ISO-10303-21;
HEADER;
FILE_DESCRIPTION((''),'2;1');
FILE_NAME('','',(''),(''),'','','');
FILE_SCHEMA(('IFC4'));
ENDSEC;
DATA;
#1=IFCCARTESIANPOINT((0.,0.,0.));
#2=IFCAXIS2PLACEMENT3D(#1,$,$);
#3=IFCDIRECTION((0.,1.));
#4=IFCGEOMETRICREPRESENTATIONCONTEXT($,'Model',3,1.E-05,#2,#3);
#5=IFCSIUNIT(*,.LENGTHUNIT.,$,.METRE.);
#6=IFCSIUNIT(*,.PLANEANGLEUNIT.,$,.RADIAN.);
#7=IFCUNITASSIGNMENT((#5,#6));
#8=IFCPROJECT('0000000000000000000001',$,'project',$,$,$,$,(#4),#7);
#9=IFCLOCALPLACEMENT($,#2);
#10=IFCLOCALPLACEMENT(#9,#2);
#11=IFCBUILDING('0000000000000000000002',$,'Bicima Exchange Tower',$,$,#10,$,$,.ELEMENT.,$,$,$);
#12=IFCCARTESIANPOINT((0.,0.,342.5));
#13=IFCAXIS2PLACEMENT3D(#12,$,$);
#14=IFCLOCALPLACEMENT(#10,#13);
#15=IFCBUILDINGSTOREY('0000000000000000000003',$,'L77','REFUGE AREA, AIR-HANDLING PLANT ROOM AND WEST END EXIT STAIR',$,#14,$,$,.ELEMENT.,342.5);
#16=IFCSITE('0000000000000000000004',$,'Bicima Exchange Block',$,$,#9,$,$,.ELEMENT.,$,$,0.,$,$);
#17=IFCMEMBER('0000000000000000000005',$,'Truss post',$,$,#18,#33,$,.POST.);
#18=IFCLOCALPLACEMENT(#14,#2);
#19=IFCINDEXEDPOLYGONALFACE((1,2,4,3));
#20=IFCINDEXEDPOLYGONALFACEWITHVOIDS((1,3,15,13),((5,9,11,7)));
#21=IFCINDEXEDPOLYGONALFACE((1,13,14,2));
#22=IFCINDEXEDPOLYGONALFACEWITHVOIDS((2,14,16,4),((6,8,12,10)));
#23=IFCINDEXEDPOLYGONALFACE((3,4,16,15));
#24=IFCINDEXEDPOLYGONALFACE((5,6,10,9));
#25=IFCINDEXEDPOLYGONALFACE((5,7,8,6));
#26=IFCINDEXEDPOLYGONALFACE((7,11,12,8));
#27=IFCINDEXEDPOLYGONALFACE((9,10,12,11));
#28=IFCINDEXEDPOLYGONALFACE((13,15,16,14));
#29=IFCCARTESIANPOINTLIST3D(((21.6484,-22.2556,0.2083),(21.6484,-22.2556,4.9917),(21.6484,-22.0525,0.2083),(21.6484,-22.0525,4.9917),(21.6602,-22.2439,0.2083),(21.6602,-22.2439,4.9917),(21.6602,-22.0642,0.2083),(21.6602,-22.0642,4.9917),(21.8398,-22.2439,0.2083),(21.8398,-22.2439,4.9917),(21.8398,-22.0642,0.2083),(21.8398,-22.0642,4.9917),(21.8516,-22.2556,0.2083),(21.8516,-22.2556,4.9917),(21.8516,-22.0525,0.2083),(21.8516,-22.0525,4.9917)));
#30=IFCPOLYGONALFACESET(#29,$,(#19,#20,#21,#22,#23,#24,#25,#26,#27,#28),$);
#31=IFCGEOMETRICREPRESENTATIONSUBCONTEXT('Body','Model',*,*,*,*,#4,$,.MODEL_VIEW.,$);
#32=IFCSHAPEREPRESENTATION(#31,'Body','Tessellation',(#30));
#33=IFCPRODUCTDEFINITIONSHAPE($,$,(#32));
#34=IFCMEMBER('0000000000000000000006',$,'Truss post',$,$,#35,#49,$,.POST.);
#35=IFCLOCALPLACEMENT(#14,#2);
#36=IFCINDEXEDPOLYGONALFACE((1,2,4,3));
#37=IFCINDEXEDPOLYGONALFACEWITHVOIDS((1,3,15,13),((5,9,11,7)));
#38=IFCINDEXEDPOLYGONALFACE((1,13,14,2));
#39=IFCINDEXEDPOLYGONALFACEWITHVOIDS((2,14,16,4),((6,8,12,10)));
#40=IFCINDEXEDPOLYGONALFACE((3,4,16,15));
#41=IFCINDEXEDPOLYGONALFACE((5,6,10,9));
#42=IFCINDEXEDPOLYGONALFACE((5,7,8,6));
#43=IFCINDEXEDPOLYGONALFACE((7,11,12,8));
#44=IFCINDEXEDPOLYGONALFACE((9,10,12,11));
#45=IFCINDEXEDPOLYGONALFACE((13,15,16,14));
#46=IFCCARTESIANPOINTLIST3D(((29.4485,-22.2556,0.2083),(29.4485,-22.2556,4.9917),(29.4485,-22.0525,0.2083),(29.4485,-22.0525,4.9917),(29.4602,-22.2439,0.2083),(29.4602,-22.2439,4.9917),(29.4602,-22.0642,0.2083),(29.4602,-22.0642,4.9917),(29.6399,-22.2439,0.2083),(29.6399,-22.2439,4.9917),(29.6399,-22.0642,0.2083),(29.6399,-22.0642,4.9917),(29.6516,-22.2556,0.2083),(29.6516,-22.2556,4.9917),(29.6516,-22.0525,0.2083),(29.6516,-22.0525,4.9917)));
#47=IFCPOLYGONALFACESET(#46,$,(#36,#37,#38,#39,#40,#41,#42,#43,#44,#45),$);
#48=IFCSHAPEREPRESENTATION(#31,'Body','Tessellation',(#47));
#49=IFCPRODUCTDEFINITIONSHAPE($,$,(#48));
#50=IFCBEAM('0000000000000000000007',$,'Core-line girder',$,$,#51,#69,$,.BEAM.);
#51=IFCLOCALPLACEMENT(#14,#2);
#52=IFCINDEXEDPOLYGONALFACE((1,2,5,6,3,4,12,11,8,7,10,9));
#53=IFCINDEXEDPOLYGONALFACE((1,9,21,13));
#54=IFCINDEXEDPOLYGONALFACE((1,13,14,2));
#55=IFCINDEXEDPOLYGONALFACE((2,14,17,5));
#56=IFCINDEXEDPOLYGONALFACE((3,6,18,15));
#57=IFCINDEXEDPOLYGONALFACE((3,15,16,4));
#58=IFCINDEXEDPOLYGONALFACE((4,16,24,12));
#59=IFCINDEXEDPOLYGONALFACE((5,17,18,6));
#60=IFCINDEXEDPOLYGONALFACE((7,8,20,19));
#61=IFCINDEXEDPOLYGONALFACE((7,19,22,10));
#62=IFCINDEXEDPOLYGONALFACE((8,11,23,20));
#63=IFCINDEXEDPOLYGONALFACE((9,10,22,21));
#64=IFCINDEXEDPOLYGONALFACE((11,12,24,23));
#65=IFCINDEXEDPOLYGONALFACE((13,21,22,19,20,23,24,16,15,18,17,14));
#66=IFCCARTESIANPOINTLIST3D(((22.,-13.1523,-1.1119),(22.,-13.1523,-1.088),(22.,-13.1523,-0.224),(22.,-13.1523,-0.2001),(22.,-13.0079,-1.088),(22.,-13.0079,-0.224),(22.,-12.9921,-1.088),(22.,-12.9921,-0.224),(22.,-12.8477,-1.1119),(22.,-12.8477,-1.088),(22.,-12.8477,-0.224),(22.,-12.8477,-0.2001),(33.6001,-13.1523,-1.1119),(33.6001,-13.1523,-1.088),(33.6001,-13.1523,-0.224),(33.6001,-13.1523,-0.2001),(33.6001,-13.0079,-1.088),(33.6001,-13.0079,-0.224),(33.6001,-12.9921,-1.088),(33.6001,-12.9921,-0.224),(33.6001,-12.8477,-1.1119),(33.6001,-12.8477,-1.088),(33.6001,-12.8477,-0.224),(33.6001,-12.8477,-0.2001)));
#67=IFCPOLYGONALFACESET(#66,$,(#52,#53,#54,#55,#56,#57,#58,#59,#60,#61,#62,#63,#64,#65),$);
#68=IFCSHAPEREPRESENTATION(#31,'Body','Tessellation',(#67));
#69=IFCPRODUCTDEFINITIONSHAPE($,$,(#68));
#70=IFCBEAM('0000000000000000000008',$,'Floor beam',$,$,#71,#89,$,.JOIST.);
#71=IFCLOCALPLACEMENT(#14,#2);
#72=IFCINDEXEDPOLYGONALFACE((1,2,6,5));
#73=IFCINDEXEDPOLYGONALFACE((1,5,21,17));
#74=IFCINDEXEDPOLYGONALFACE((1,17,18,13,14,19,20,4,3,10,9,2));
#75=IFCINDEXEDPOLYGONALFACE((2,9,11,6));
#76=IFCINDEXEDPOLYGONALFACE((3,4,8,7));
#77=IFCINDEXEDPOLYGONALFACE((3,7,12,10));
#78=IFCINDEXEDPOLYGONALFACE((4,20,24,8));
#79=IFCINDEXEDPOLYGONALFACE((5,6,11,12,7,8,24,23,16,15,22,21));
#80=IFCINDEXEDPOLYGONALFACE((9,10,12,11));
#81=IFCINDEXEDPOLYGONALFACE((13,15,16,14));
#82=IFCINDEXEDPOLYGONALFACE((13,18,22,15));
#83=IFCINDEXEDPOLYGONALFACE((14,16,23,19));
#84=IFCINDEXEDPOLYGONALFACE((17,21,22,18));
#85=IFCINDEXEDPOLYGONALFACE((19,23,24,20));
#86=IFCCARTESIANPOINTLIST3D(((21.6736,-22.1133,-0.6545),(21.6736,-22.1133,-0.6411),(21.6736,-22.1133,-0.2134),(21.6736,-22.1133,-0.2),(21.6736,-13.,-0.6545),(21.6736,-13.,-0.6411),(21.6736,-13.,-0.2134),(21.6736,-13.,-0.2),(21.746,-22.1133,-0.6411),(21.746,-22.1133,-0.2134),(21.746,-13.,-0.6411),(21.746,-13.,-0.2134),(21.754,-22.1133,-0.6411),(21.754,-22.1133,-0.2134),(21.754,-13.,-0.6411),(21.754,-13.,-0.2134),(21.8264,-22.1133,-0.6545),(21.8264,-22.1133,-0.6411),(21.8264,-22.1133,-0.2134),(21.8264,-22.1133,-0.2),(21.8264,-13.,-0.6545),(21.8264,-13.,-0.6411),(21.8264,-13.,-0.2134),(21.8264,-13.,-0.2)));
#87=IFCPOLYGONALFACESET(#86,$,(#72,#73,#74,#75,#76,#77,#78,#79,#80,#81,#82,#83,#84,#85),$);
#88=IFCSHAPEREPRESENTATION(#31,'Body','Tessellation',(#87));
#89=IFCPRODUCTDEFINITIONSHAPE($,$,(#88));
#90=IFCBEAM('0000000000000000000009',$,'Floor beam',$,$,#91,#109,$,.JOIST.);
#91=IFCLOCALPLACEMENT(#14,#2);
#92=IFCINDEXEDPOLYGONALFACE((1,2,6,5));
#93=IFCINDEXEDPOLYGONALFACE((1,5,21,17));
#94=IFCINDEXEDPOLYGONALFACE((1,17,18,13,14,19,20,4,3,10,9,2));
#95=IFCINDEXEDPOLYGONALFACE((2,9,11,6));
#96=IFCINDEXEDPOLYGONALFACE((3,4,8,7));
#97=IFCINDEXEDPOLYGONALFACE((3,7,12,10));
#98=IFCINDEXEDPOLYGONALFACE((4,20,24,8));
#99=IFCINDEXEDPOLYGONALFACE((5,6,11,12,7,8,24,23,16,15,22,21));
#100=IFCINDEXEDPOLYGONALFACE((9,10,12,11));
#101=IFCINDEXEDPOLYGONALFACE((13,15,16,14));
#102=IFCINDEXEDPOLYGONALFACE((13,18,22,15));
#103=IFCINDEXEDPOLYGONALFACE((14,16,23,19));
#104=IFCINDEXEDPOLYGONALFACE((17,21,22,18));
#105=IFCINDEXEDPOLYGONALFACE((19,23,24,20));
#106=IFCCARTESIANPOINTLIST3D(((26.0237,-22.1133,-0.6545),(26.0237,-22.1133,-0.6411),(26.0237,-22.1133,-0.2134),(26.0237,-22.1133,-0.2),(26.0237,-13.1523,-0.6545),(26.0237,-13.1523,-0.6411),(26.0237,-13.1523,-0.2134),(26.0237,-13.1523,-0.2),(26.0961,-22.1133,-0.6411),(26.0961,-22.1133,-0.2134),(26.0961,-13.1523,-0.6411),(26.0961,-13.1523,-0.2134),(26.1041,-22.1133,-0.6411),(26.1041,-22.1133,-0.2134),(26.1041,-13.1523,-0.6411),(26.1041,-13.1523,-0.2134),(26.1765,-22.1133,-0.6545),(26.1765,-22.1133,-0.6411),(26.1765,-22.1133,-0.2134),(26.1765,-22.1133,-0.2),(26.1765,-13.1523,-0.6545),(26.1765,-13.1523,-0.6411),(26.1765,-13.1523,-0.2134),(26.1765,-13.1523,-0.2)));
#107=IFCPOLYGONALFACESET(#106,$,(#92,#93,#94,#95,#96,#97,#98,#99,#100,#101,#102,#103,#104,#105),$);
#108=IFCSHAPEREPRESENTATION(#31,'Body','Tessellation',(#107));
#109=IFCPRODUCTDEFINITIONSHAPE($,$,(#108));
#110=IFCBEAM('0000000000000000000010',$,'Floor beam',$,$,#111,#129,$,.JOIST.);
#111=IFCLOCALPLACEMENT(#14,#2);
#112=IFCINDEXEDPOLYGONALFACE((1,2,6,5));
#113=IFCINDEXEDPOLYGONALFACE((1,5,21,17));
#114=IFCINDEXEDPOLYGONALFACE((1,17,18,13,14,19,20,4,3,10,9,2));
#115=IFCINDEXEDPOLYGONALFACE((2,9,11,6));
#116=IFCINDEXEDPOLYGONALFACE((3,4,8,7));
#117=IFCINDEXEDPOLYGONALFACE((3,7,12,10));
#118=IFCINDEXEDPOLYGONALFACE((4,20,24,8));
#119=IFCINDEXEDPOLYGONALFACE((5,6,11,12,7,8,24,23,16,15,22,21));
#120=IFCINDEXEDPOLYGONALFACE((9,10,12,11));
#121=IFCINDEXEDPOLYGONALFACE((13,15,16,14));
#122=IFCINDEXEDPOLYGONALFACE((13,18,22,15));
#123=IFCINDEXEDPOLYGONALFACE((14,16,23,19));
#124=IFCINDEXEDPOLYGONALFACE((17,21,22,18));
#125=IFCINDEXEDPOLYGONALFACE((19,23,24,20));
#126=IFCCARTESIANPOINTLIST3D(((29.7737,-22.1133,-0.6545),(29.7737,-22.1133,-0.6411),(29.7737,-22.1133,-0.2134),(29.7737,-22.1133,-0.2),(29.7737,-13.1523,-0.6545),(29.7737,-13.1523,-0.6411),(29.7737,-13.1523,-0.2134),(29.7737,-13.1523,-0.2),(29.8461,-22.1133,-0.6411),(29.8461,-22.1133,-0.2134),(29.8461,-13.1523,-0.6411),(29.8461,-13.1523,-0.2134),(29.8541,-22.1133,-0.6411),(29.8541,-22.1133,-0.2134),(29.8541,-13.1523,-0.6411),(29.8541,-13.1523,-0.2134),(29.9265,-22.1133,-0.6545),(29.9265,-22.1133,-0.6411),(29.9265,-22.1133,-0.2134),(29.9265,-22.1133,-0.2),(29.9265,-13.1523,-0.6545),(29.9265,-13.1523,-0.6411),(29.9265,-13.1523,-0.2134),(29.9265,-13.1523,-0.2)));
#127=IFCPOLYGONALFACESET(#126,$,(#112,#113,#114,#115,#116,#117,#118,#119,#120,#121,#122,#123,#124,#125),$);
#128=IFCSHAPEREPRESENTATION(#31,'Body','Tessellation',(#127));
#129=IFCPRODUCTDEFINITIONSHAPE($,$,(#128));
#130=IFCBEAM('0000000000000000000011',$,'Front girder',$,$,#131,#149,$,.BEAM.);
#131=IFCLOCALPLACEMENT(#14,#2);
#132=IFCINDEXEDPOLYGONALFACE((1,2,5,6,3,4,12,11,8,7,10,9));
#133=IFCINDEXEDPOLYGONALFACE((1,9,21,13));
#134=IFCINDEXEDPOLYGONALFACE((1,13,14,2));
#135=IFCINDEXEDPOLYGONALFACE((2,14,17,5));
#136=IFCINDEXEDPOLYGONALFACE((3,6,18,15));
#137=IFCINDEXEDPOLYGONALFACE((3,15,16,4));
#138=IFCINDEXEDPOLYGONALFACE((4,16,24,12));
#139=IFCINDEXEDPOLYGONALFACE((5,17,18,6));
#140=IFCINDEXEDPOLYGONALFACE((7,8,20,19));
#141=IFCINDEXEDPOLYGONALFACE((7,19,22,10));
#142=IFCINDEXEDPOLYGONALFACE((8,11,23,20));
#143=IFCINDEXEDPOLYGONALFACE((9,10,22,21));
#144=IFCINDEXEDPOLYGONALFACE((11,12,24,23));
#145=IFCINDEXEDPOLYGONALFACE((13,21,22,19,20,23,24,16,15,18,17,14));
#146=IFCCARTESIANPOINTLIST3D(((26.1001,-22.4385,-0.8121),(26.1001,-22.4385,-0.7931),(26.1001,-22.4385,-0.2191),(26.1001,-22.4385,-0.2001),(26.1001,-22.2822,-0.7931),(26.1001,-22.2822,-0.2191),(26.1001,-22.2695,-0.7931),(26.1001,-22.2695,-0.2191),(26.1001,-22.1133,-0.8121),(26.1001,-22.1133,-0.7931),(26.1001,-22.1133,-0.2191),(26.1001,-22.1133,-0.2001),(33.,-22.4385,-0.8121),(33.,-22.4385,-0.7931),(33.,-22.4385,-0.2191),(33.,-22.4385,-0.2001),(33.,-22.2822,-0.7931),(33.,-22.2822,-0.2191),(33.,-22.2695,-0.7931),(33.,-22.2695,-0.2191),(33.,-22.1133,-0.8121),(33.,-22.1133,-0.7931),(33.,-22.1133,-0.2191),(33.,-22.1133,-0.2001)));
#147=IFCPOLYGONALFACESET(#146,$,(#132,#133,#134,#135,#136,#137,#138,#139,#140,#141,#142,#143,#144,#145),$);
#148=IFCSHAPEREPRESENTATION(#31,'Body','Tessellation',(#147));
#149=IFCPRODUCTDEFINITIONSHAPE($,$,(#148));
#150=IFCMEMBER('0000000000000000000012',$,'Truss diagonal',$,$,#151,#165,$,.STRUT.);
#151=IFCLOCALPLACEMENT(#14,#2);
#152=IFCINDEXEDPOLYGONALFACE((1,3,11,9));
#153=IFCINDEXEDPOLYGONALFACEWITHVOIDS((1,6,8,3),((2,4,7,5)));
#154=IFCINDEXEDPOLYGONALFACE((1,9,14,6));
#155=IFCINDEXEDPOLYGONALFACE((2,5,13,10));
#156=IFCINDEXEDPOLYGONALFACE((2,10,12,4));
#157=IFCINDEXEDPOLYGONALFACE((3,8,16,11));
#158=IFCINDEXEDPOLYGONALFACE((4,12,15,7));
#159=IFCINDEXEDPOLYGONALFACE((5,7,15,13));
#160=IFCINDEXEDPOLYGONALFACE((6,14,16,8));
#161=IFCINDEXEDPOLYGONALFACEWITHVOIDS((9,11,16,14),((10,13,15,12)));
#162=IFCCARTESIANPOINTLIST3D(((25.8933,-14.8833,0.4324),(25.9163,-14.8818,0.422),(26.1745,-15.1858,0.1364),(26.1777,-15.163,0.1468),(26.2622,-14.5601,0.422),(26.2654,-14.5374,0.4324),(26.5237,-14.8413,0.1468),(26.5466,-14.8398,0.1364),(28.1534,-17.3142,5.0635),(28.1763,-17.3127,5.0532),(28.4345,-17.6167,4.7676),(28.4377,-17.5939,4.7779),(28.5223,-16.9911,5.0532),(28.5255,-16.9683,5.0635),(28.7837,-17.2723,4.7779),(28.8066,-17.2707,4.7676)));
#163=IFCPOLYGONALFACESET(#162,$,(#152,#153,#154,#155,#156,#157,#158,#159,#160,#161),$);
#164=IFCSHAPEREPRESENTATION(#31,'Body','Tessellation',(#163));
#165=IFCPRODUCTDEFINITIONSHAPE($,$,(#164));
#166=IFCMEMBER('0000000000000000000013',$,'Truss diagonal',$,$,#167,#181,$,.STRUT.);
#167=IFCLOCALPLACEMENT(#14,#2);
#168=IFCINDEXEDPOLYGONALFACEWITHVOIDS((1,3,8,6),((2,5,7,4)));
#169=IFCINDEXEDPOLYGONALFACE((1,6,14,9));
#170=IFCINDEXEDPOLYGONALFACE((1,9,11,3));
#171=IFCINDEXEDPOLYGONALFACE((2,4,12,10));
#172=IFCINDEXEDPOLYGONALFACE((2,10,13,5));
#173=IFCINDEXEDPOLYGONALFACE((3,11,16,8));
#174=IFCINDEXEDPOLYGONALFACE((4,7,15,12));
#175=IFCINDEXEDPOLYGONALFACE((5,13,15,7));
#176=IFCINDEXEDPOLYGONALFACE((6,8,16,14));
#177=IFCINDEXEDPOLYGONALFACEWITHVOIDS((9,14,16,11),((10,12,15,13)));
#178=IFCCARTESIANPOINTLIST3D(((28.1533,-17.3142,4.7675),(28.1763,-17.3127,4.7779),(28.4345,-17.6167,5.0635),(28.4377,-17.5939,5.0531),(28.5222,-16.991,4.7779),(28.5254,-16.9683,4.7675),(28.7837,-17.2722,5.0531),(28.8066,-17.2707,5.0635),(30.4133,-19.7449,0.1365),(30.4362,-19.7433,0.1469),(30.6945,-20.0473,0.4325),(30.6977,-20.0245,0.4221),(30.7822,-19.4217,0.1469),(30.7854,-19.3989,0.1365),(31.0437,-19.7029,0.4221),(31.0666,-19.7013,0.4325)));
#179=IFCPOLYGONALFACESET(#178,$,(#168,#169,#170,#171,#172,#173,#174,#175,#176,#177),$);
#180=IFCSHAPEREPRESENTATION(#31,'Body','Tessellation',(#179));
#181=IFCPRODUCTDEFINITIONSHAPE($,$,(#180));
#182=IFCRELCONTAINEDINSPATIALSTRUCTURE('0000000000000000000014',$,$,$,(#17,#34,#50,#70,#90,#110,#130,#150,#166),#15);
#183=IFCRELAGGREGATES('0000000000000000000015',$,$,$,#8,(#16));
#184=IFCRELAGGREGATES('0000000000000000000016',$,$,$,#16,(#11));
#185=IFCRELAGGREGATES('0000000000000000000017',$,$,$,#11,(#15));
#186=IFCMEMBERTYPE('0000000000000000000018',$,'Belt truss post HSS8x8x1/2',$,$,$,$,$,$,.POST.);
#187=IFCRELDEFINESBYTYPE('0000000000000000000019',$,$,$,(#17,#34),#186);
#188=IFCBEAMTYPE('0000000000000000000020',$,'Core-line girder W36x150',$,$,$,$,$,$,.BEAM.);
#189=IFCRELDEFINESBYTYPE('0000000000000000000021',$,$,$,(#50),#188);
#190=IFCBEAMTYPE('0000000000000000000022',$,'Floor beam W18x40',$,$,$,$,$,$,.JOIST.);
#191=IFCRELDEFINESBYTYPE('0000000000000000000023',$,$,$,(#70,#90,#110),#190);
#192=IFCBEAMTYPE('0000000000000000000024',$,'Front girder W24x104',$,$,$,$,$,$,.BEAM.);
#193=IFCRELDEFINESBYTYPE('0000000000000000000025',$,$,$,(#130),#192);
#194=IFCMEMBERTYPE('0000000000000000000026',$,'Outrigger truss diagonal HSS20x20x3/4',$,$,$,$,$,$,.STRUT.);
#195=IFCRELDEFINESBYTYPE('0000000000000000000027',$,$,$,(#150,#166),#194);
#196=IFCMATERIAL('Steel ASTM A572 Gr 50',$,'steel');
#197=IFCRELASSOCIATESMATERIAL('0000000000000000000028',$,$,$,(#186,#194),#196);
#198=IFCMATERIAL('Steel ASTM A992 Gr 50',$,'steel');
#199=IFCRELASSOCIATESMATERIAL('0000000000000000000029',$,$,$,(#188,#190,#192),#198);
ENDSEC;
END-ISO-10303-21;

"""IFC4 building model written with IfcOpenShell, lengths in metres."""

from ifc_helpers import new_model, si_unit, direction, frame, origin, origin_2d, place, context, subcontext, project, spatial, hollow_rectangle, i_section, extrude, material, material_profile, profile_set, type_object, element, save


model = new_model("IFC4")

# Units and contexts
model_context = context("Model", 3, precision=1e-05, world=origin(), true_north=direction((0.0, 1.0)))
body_context = subcontext(model_context, "Body", "Model", "MODEL_VIEW")
ifc_project = project(units=[si_unit("LENGTHUNIT", "METRE"), si_unit("PLANEANGLEUNIT", "RADIAN")], contexts=[model_context])

# Site, building, storey
site_placement = place(None, origin())
site = spatial("IfcSite", under=ifc_project, at=site_placement, Name="Bicima Exchange Block", CompositionType="ELEMENT", RefElevation=0.0)
building_placement = place(site_placement, origin())
building = spatial("IfcBuilding", under=site, at=building_placement, Name="Bicima Exchange Tower", CompositionType="ELEMENT")
storey_placement = place(building_placement, frame((0.0, 0.0, 342.5)))
storey = spatial("IfcBuildingStorey", under=building, at=storey_placement, Name="L77", Description="REFUGE AREA, AIR-HANDLING PLANT ROOM AND WEST END EXIT STAIR", CompositionType="ELEMENT", Elevation=342.5)

# Shared definitions
ifc_material_1 = material(Name="Steel ASTM A992 Gr 50", Category="steel")

# Members
ifc_material_2 = material(Name="Steel ASTM A572 Gr 50", Category="steel")
ifc_material_profile_1 = material_profile(ifc_material_2, hollow_rectangle(XDim=0.2031, YDim=0.2031, WallThickness=0.0117, at=origin_2d()))
ifc_profile_set_1 = profile_set([ifc_material_profile_1], Name="Steel ASTM A572 Gr 50")
member_type_1 = type_object("IfcMemberType", Name="Belt truss post HSS8x8x1/2", PredefinedType="POST", material=ifc_profile_set_1)
for number, where, z_axis, x_axis, name in (
    (1, (21.75, -22.1541, 0.2083), (0.0, 0.0, 1.0), (1.0, 0.0, 0.0), "Truss post"),
    (2, (29.55, -22.1541, 0.2083), (0.0, 0.0, 1.0), (1.0, 0.0, 0.0), "Truss post"),
):
    element("IfcMember", number, at=place(storey_placement, frame(where, z_axis=z_axis, x_axis=x_axis)), inside=storey, type_object=member_type_1, Name=name, PredefinedType="POST", context=body_context, shape_type="SweptSolid", body=[
        extrude(hollow_rectangle(XDim=0.2031, YDim=0.2031, WallThickness=0.0117, at=origin_2d()), origin(), (0.0, 0.0, 1.0), 4.7834),
    ])

# Beams
ifc_material_profile_2 = material_profile(ifc_material_1, i_section(OverallWidth=0.3047, OverallDepth=0.9119, WebThickness=0.0159, FlangeThickness=0.0239, at=origin_2d()))
ifc_profile_set_2 = profile_set([ifc_material_profile_2], Name="Steel ASTM A992 Gr 50")
beam_type_1 = type_object("IfcBeamType", Name="Core-line girder W36x150", PredefinedType="BEAM", material=ifc_profile_set_2)
beam_1_placement = place(storey_placement, frame((22.0, -13.0, -0.656), z_axis=(1.0, 0.0, 0.0), x_axis=(0.0, 1.0, 0.0)))
element("IfcBeam", 3, at=beam_1_placement, inside=storey, type_object=beam_type_1, Name="Core-line girder", PredefinedType="BEAM", context=body_context, shape_type="SweptSolid", body=[
    extrude(i_section(OverallWidth=0.3047, OverallDepth=0.9119, WebThickness=0.0159, FlangeThickness=0.0239, at=origin_2d()), origin(), (0.0, 0.0, 1.0), 11.6001),
])
ifc_material_profile_3 = material_profile(ifc_material_1, i_section(OverallWidth=0.1528, OverallDepth=0.4546, WebThickness=0.0081, FlangeThickness=0.0134, at=origin_2d()))
ifc_profile_set_3 = profile_set([ifc_material_profile_3], Name="Steel ASTM A992 Gr 50")
beam_type_2 = type_object("IfcBeamType", Name="Floor beam W18x40", PredefinedType="JOIST", material=ifc_profile_set_3)
beam_2_placement = place(storey_placement, frame((21.75, -13.0, -0.4272), z_axis=(0.0, -1.0, 0.0), x_axis=(1.0, 0.0, 0.0)))
element("IfcBeam", 4, at=beam_2_placement, inside=storey, type_object=beam_type_2, Name="Floor beam", PredefinedType="JOIST", context=body_context, shape_type="SweptSolid", body=[
    extrude(i_section(OverallWidth=0.1528, OverallDepth=0.4546, WebThickness=0.0081, FlangeThickness=0.0134, at=origin_2d()), origin(), (0.0, 0.0, 1.0), 9.1133),
])
for number, where, z_axis, x_axis, name in (
    (5, (26.1001, -13.1523, -0.4272), (0.0, -1.0, 0.0), (1.0, 0.0, 0.0), "Floor beam"),
    (6, (29.8501, -13.1523, -0.4272), (0.0, -1.0, 0.0), (1.0, 0.0, 0.0), "Floor beam"),
):
    element("IfcBeam", number, at=place(storey_placement, frame(where, z_axis=z_axis, x_axis=x_axis)), inside=storey, type_object=beam_type_2, Name=name, PredefinedType="JOIST", context=body_context, shape_type="SweptSolid", body=[
        extrude(i_section(OverallWidth=0.1528, OverallDepth=0.4546, WebThickness=0.0081, FlangeThickness=0.0134, at=origin_2d()), origin(), (0.0, 0.0, 1.0), 8.9609),
    ])
ifc_material_profile_4 = material_profile(ifc_material_1, i_section(OverallWidth=0.3252, OverallDepth=0.6121, WebThickness=0.0127, FlangeThickness=0.019, at=origin_2d()))
ifc_profile_set_4 = profile_set([ifc_material_profile_4], Name="Steel ASTM A992 Gr 50")
beam_type_3 = type_object("IfcBeamType", Name="Front girder W24x104", PredefinedType="BEAM", material=ifc_profile_set_4)
beam_3_placement = place(storey_placement, frame((26.1001, -22.2759, -0.5061), z_axis=(1.0, 0.0, 0.0), x_axis=(0.0, 1.0, 0.0)))
element("IfcBeam", 7, at=beam_3_placement, inside=storey, type_object=beam_type_3, Name="Front girder", PredefinedType="BEAM", context=body_context, shape_type="SweptSolid", body=[
    extrude(i_section(OverallWidth=0.3252, OverallDepth=0.6121, WebThickness=0.0127, FlangeThickness=0.019, at=origin_2d()), origin(), (0.0, 0.0, 1.0), 6.8999),
])

# Members
ifc_material_profile_5 = material_profile(ifc_material_2, hollow_rectangle(XDim=0.5081, YDim=0.5081, WallThickness=0.0178, at=origin_2d()))
ifc_profile_set_5 = profile_set([ifc_material_profile_5], Name="Steel ASTM A572 Gr 50")
member_type_2 = type_object("IfcMemberType", Name="Outrigger truss diagonal HSS20x20x3/4", PredefinedType="STRUT", material=ifc_profile_set_5)
member_1_placement = place(storey_placement, frame((26.22, -14.8616, 0.2844), z_axis=(0.396651, -0.426645, 0.812799), x_axis=(0.732382, 0.680894, 0.0)))
element("IfcMember", 8, at=member_1_placement, inside=storey, type_object=member_type_2, Name="Truss diagonal", PredefinedType="STRUT", context=body_context, shape_type="SweptSolid", body=[
    extrude(hollow_rectangle(XDim=0.5081, YDim=0.5081, WallThickness=0.0178, at=origin_2d()), origin(), (0.0, 0.0, 1.0), 5.6978),
])
member_2_placement = place(storey_placement, frame((28.48, -17.2925, 4.9155), z_axis=(0.396658, -0.42661, -0.812813), x_axis=(0.732348, 0.680931, 0.0)))
element("IfcMember", 9, at=member_2_placement, inside=storey, type_object=member_type_2, Name="Truss diagonal", PredefinedType="STRUT", context=body_context, shape_type="SweptSolid", body=[
    extrude(hollow_rectangle(XDim=0.5081, YDim=0.5081, WallThickness=0.0178, at=origin_2d()), origin(), (0.0, 0.0, 1.0), 5.6975),
])

save(model, "model.ifc")
